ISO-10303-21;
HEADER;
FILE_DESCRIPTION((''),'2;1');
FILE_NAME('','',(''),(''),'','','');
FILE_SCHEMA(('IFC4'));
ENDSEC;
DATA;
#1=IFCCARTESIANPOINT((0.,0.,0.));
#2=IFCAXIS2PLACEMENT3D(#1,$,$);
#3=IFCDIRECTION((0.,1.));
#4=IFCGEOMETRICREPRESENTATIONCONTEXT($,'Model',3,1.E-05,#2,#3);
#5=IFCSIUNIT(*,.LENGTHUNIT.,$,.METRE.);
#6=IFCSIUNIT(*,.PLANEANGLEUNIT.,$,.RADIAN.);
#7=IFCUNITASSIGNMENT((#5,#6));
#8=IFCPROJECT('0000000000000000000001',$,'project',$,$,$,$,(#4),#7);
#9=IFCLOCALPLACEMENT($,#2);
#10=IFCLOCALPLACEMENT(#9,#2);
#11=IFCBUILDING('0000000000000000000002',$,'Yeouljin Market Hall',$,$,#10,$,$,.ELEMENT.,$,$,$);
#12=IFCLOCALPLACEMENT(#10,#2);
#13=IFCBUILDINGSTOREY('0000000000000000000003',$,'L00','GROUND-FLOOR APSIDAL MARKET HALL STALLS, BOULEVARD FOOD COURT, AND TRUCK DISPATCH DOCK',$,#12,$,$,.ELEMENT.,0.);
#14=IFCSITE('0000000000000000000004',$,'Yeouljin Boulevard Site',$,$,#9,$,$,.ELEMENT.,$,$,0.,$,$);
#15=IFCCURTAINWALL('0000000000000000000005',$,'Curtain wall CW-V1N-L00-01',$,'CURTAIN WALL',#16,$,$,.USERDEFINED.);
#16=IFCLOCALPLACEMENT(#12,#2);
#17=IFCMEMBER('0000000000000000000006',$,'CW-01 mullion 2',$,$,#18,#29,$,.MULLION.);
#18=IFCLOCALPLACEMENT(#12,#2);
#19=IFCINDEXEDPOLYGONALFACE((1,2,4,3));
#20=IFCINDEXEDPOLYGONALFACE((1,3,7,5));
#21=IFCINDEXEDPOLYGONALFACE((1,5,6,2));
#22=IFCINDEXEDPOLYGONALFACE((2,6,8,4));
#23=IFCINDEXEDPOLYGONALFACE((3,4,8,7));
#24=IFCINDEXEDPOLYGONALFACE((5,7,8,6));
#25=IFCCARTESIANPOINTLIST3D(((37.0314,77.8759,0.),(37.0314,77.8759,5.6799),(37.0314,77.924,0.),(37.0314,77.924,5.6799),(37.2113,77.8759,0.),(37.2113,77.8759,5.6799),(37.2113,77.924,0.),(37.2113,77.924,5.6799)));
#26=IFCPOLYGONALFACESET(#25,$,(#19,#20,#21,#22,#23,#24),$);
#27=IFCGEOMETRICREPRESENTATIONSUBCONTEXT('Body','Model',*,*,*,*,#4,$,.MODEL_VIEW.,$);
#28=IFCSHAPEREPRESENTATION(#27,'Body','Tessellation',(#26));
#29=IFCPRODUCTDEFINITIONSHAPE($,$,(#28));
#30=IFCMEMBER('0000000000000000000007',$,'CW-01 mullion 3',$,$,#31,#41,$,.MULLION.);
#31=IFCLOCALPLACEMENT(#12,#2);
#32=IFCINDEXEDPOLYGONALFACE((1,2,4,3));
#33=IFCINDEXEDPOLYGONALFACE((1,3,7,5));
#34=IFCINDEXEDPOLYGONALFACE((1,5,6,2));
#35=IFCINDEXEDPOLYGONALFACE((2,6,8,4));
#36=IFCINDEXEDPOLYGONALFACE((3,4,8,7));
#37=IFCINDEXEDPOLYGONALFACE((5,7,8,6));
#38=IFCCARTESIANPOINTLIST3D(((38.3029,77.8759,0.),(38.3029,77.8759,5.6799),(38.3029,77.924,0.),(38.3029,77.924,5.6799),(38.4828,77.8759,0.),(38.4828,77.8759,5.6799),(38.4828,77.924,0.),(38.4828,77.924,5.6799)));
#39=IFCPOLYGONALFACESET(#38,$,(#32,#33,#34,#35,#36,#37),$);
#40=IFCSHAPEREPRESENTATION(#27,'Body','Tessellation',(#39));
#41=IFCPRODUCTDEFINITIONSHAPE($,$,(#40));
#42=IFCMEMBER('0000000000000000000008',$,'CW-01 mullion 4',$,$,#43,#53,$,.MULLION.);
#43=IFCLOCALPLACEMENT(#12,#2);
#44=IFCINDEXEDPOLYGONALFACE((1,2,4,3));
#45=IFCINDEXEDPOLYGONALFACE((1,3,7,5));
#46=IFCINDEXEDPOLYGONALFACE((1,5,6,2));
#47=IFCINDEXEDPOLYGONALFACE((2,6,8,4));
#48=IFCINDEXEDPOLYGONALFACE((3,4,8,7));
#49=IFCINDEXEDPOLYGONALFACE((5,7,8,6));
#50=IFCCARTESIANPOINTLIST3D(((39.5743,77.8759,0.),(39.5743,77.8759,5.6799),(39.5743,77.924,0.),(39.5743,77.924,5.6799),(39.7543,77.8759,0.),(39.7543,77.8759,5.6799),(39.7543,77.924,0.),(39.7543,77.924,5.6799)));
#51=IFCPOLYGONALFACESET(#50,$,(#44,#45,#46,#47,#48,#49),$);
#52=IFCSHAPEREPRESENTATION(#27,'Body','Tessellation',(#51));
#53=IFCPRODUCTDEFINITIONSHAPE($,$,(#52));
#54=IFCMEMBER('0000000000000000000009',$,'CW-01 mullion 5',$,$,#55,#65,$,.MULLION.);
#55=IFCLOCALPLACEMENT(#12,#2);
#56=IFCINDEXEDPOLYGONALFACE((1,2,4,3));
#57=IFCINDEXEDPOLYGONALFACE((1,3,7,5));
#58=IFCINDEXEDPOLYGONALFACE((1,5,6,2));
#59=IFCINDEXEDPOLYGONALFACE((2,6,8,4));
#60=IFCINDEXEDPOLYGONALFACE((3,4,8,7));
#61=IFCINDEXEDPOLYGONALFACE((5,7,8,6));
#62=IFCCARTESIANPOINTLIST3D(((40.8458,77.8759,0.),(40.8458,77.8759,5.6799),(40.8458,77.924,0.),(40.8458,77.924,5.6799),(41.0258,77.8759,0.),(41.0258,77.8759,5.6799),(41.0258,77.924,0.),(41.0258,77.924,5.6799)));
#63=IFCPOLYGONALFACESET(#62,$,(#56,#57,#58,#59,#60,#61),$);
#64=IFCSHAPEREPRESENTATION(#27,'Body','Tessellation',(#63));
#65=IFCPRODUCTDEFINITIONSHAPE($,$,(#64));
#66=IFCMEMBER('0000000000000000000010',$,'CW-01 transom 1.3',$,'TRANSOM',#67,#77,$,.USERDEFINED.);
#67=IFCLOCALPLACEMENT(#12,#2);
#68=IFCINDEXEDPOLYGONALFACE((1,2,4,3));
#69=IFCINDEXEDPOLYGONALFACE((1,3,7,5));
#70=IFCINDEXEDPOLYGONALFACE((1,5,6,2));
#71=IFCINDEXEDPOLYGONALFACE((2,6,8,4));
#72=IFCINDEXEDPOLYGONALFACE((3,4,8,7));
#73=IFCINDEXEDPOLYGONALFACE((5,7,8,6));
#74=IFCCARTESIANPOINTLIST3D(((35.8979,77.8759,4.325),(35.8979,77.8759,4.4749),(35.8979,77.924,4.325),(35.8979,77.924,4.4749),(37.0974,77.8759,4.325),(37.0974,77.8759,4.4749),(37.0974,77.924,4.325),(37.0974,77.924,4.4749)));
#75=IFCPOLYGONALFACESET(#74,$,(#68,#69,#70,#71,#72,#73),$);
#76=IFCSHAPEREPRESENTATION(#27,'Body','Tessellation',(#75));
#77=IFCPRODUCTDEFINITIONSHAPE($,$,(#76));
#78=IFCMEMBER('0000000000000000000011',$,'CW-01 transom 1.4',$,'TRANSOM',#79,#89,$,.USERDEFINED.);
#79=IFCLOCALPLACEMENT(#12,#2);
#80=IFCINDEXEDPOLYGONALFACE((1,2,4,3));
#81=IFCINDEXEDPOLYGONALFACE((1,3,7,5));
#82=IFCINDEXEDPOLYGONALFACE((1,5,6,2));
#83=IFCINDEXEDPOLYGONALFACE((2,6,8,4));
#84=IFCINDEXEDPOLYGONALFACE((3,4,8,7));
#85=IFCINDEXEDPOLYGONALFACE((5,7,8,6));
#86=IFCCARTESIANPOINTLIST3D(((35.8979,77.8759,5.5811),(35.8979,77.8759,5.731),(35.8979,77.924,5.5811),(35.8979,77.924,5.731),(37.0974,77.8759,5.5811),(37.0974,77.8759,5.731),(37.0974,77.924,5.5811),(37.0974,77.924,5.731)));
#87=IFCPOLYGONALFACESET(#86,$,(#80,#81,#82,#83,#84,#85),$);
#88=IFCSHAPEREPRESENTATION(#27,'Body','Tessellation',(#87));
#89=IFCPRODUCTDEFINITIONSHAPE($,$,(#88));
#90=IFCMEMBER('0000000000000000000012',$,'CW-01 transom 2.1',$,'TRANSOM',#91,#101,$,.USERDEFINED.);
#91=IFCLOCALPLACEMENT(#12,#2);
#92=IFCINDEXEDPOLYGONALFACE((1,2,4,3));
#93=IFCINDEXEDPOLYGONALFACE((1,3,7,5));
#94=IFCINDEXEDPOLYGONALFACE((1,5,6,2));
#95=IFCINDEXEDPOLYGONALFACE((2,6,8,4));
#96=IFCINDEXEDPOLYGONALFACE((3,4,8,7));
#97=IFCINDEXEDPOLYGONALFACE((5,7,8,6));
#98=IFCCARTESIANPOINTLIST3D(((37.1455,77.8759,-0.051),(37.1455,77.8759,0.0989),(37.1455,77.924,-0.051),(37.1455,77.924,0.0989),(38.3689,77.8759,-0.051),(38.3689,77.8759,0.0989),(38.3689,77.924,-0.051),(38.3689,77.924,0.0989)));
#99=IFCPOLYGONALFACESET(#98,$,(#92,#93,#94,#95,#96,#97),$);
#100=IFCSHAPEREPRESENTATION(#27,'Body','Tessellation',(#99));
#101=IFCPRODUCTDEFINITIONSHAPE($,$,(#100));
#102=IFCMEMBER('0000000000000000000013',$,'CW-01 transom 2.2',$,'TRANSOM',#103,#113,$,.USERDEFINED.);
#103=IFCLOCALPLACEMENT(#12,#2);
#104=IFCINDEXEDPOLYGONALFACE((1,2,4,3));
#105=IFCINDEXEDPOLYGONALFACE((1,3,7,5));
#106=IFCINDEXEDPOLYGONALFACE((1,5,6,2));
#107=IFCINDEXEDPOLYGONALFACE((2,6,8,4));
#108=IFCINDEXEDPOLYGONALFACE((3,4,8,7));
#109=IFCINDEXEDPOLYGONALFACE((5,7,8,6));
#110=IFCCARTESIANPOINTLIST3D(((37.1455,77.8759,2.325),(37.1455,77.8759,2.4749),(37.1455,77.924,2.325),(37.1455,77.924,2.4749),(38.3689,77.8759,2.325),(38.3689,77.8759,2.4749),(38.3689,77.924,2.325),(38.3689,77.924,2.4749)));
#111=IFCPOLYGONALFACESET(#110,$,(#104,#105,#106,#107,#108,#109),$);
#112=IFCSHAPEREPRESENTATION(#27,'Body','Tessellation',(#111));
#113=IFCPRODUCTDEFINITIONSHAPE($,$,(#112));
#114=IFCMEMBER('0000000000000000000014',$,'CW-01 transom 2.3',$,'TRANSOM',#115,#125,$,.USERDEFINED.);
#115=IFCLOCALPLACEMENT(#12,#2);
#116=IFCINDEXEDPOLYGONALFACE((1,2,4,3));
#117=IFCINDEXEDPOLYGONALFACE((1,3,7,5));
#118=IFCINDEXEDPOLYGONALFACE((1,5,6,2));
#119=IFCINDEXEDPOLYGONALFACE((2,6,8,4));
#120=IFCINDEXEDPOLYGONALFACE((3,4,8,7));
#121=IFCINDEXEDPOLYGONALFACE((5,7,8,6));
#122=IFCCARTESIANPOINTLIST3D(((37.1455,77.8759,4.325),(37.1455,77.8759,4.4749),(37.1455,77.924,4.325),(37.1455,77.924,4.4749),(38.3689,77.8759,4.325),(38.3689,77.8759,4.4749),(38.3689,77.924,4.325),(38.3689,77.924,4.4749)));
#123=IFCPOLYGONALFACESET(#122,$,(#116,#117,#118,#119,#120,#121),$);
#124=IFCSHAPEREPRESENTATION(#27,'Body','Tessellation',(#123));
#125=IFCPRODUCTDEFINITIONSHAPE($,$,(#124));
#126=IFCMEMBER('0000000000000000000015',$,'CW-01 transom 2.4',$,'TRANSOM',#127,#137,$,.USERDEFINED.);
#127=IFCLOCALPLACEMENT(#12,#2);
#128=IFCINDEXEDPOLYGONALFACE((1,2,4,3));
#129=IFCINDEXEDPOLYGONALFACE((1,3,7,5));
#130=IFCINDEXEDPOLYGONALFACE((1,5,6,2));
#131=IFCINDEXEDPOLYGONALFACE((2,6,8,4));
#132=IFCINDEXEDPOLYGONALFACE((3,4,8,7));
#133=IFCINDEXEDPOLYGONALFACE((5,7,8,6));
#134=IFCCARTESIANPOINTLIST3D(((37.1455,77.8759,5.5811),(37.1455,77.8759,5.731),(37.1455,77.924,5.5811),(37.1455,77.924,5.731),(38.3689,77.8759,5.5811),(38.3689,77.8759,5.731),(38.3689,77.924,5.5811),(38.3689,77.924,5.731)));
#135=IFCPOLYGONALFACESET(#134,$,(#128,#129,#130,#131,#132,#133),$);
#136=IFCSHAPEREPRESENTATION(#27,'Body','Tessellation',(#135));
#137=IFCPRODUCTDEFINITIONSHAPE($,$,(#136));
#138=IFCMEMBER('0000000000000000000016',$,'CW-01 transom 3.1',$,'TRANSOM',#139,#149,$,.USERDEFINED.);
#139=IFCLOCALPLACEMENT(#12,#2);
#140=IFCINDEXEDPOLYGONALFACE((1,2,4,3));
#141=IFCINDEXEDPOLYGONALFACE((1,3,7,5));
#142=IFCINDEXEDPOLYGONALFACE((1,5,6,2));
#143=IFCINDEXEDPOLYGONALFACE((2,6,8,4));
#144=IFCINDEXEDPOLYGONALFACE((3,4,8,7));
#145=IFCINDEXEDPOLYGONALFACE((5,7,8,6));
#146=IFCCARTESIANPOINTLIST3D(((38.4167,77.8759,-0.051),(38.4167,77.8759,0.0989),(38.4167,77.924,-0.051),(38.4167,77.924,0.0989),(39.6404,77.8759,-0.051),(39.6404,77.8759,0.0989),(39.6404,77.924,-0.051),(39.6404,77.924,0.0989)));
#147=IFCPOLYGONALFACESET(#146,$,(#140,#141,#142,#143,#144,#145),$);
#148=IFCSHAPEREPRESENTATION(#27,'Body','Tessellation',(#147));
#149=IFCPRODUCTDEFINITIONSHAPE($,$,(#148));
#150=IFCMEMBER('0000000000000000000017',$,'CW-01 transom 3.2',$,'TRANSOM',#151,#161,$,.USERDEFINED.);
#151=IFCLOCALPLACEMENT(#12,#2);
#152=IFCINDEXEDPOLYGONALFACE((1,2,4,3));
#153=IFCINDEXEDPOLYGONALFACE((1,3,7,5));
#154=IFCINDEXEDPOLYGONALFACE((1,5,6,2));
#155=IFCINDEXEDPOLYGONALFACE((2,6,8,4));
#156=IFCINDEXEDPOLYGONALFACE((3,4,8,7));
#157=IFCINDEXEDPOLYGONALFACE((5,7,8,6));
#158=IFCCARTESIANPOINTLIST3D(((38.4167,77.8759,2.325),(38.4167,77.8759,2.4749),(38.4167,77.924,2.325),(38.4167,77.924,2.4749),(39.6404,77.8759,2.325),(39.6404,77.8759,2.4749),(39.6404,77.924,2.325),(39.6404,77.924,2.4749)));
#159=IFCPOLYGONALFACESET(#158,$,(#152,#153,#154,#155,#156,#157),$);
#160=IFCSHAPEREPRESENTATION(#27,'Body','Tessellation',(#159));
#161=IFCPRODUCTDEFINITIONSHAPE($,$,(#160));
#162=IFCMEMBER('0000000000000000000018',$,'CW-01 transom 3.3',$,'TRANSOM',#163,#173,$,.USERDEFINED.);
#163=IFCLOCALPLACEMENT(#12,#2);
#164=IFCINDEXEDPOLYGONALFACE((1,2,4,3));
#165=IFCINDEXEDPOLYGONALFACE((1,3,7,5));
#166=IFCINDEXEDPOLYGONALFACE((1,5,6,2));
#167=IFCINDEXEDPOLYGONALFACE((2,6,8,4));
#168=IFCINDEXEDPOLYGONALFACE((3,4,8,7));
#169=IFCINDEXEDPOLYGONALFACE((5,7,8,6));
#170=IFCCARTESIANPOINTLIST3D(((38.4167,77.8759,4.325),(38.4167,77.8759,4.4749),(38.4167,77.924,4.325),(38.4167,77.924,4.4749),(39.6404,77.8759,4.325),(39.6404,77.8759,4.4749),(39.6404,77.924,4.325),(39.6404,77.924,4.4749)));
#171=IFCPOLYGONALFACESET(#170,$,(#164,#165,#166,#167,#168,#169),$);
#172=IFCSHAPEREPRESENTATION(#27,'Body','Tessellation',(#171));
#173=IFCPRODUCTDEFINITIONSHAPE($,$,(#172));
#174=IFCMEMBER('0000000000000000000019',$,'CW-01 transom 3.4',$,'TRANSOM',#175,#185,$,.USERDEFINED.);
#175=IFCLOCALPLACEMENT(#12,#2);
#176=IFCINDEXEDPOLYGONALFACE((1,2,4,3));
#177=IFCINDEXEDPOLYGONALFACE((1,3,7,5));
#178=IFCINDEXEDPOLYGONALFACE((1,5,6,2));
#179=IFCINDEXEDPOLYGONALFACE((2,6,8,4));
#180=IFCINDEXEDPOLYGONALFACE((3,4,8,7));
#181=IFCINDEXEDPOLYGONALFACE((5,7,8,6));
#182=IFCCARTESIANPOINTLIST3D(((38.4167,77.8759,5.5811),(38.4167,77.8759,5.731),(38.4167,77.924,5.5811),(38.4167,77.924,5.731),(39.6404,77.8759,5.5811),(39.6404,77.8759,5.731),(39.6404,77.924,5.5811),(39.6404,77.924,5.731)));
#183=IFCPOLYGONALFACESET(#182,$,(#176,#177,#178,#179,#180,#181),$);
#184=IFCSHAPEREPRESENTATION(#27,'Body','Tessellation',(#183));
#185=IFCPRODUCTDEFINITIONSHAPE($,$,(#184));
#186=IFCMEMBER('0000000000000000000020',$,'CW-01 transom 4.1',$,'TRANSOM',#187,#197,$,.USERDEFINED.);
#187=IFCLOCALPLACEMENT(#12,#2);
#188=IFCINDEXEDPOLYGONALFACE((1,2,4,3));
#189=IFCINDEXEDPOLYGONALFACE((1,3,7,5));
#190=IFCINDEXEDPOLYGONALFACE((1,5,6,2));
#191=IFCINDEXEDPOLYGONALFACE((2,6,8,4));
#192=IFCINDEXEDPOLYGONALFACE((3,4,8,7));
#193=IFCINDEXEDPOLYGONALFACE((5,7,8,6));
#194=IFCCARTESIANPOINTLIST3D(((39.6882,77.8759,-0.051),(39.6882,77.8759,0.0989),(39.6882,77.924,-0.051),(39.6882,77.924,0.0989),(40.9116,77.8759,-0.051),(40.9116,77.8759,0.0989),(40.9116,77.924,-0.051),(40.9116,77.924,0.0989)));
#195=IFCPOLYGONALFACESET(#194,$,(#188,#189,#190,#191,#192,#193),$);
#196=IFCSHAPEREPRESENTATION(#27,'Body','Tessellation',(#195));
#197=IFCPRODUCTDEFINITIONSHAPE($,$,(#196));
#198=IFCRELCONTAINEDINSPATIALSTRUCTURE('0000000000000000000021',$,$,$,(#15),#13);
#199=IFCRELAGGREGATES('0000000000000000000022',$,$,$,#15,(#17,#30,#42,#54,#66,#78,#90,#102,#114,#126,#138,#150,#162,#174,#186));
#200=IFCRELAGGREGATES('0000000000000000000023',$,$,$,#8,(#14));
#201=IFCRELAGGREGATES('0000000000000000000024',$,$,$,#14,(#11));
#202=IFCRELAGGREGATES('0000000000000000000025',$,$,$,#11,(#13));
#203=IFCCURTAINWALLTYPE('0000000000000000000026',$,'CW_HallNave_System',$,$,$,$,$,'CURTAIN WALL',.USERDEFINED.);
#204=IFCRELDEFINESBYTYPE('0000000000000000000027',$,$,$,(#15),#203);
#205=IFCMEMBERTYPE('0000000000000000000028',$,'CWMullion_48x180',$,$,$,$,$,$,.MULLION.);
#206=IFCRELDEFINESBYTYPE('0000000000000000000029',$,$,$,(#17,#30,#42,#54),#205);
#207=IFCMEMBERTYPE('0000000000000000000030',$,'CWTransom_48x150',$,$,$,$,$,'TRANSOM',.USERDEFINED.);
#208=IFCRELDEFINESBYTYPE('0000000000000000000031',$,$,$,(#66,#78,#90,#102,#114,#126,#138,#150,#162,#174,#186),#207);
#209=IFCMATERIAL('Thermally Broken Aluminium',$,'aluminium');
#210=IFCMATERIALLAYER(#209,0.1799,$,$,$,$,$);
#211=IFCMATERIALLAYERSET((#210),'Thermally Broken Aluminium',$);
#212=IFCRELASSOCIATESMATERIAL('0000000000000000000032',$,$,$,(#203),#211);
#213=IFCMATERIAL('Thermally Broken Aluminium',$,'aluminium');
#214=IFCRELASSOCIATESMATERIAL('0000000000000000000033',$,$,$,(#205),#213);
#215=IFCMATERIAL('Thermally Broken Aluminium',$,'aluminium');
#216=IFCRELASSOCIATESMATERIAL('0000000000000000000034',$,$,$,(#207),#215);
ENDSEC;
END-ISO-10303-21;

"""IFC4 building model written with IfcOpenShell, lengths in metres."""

from ifc_helpers import new_model, si_unit, direction, frame, origin, origin_2d, place, context, subcontext, project, spatial, rectangle, extrude, material, layer, layer_set, material_profile, profile_set, type_object, element, aggregate, save


model = new_model("IFC4")

# Units and contexts
model_context = context("Model", 3, precision=1e-05, world=origin(), true_north=direction((0.0, 1.0)))
body_context = subcontext(model_context, "Body", "Model", "MODEL_VIEW")
ifc_project = project(units=[si_unit("LENGTHUNIT", "METRE"), si_unit("PLANEANGLEUNIT", "RADIAN")], contexts=[model_context])

# Site, building, storey
site_placement = place(None, origin())
site = spatial("IfcSite", under=ifc_project, at=site_placement, Name="Yeouljin Boulevard Site", CompositionType="ELEMENT", RefElevation=0.0)
building_placement = place(site_placement, origin())
building = spatial("IfcBuilding", under=site, at=building_placement, Name="Yeouljin Market Hall", CompositionType="ELEMENT")
storey_placement = place(building_placement, origin())
storey = spatial("IfcBuildingStorey", under=building, at=storey_placement, Name="L00", Description="GROUND-FLOOR APSIDAL MARKET HALL STALLS, BOULEVARD FOOD COURT, AND TRUCK DISPATCH DOCK", CompositionType="ELEMENT", Elevation=0.0)

# Curtain wall, members
ifc_material_1 = material(Name="Thermally Broken Aluminium", Category="aluminium")
ifc_layer_1 = layer(ifc_material_1, 0.1799)
ifc_layer_set_1 = layer_set([ifc_layer_1], Name="Thermally Broken Aluminium")
curtain_wall_type = type_object("IfcCurtainWallType", Name="CW_HallNave_System", ElementType="CURTAIN WALL", PredefinedType="USERDEFINED", material=ifc_layer_set_1)
curtain_wall_placement = place(storey_placement, origin())
curtain_wall = element("IfcCurtainWall", 1, at=curtain_wall_placement, inside=storey, type_object=curtain_wall_type, Name="Curtain wall CW-V1N-L00-01", ObjectType="CURTAIN WALL", PredefinedType="USERDEFINED")
ifc_material_2 = material(Name="Thermally Broken Aluminium", Category="aluminium")
ifc_material_profile_1 = material_profile(ifc_material_2, rectangle(XDim=0.0481, YDim=0.1799, at=origin_2d()), Name="CW-MULL-48x180")
ifc_profile_set_1 = profile_set([ifc_material_profile_1], Name="Thermally Broken Aluminium")
member_type_1 = type_object("IfcMemberType", Name="CWMullion_48x180", PredefinedType="MULLION", material=ifc_profile_set_1)
member_1_placement = place(storey_placement, frame((37.1213, 77.8999, 0.0), z_axis=(0.0, 0.0, 1.0), x_axis=(0.0, 1.0, 0.0)))
member_1 = element("IfcMember", 2, at=member_1_placement, type_object=member_type_1, Name="CW-01 mullion 2", PredefinedType="MULLION", context=body_context, shape_type="SweptSolid", body=[
    extrude(rectangle(XDim=0.0481, YDim=0.1799, at=origin_2d()), origin(), (0.0, 0.0, 1.0), 5.6799),
])
member_2_placement = place(storey_placement, frame((38.3928, 77.8999, 0.0), z_axis=(0.0, 0.0, 1.0), x_axis=(0.0, 1.0, 0.0)))
member_2 = element("IfcMember", 3, at=member_2_placement, type_object=member_type_1, Name="CW-01 mullion 3", PredefinedType="MULLION", context=body_context, shape_type="SweptSolid", body=[
    extrude(rectangle(XDim=0.0481, YDim=0.1799, at=origin_2d()), origin(), (0.0, 0.0, 1.0), 5.6799),
])
member_3_placement = place(storey_placement, frame((39.6643, 77.8999, 0.0), z_axis=(0.0, 0.0, 1.0), x_axis=(0.0, 1.0, 0.0)))
member_3 = element("IfcMember", 4, at=member_3_placement, type_object=member_type_1, Name="CW-01 mullion 4", PredefinedType="MULLION", context=body_context, shape_type="SweptSolid", body=[
    extrude(rectangle(XDim=0.0481, YDim=0.1799, at=origin_2d()), origin(), (0.0, 0.0, 1.0), 5.6799),
])
member_4_placement = place(storey_placement, frame((40.9358, 77.8999, 0.0), z_axis=(0.0, 0.0, 1.0), x_axis=(0.0, 1.0, 0.0)))
member_4 = element("IfcMember", 5, at=member_4_placement, type_object=member_type_1, Name="CW-01 mullion 5", PredefinedType="MULLION", context=body_context, shape_type="SweptSolid", body=[
    extrude(rectangle(XDim=0.0481, YDim=0.1799, at=origin_2d()), origin(), (0.0, 0.0, 1.0), 5.6799),
])
ifc_material_3 = material(Name="Thermally Broken Aluminium", Category="aluminium")
ifc_material_profile_2 = material_profile(ifc_material_3, rectangle(XDim=0.0481, YDim=0.1499, at=origin_2d()), Name="CW-TRAN-48x150")
ifc_profile_set_2 = profile_set([ifc_material_profile_2], Name="Thermally Broken Aluminium")
member_type_2 = type_object("IfcMemberType", Name="CWTransom_48x150", ElementType="TRANSOM", PredefinedType="USERDEFINED", material=ifc_profile_set_2)
member_5_placement = place(storey_placement, frame((35.8979, 77.8999, 4.3999), z_axis=(1.0, 0.0, 0.0), x_axis=(0.0, 1.0, 0.0)))
member_5 = element("IfcMember", 6, at=member_5_placement, type_object=member_type_2, Name="CW-01 transom 1.3", ObjectType="TRANSOM", PredefinedType="USERDEFINED", context=body_context, shape_type="SweptSolid", body=[
    extrude(rectangle(XDim=0.0481, YDim=0.1499, at=origin_2d()), origin(), (0.0, 0.0, 1.0), 1.1995),
])
member_6_placement = place(storey_placement, frame((35.8979, 77.8999, 5.656), z_axis=(1.0, 0.0, 0.0), x_axis=(0.0, 1.0, 0.0)))
member_6 = element("IfcMember", 7, at=member_6_placement, type_object=member_type_2, Name="CW-01 transom 1.4", ObjectType="TRANSOM", PredefinedType="USERDEFINED", context=body_context, shape_type="SweptSolid", body=[
    extrude(rectangle(XDim=0.0481, YDim=0.1499, at=origin_2d()), origin(), (0.0, 0.0, 1.0), 1.1995),
])
member_7_placement = place(storey_placement, frame((37.1455, 77.8999, 0.0239), z_axis=(1.0, 0.0, 0.0), x_axis=(0.0, 1.0, 0.0)))
member_7 = element("IfcMember", 8, at=member_7_placement, type_object=member_type_2, Name="CW-01 transom 2.1", ObjectType="TRANSOM", PredefinedType="USERDEFINED", context=body_context, shape_type="SweptSolid", body=[
    extrude(rectangle(XDim=0.0481, YDim=0.1499, at=origin_2d()), origin(), (0.0, 0.0, 1.0), 1.2234),
])
member_8_placement = place(storey_placement, frame((37.1455, 77.8999, 2.3999), z_axis=(1.0, 0.0, 0.0), x_axis=(0.0, 1.0, 0.0)))
member_8 = element("IfcMember", 9, at=member_8_placement, type_object=member_type_2, Name="CW-01 transom 2.2", ObjectType="TRANSOM", PredefinedType="USERDEFINED", context=body_context, shape_type="SweptSolid", body=[
    extrude(rectangle(XDim=0.0481, YDim=0.1499, at=origin_2d()), origin(), (0.0, 0.0, 1.0), 1.2234),
])
member_9_placement = place(storey_placement, frame((37.1455, 77.8999, 4.3999), z_axis=(1.0, 0.0, 0.0), x_axis=(0.0, 1.0, 0.0)))
member_9 = element("IfcMember", 10, at=member_9_placement, type_object=member_type_2, Name="CW-01 transom 2.3", ObjectType="TRANSOM", PredefinedType="USERDEFINED", context=body_context, shape_type="SweptSolid", body=[
    extrude(rectangle(XDim=0.0481, YDim=0.1499, at=origin_2d()), origin(), (0.0, 0.0, 1.0), 1.2234),
])
member_10_placement = place(storey_placement, frame((37.1455, 77.8999, 5.656), z_axis=(1.0, 0.0, 0.0), x_axis=(0.0, 1.0, 0.0)))
member_10 = element("IfcMember", 11, at=member_10_placement, type_object=member_type_2, Name="CW-01 transom 2.4", ObjectType="TRANSOM", PredefinedType="USERDEFINED", context=body_context, shape_type="SweptSolid", body=[
    extrude(rectangle(XDim=0.0481, YDim=0.1499, at=origin_2d()), origin(), (0.0, 0.0, 1.0), 1.2234),
])
member_11_placement = place(storey_placement, frame((38.4167, 77.8999, 0.0239), z_axis=(1.0, 0.0, 0.0), x_axis=(0.0, 1.0, 0.0)))
member_11 = element("IfcMember", 12, at=member_11_placement, type_object=member_type_2, Name="CW-01 transom 3.1", ObjectType="TRANSOM", PredefinedType="USERDEFINED", context=body_context, shape_type="SweptSolid", body=[
    extrude(rectangle(XDim=0.0481, YDim=0.1499, at=origin_2d()), origin(), (0.0, 0.0, 1.0), 1.2236),
])
member_12_placement = place(storey_placement, frame((38.4167, 77.8999, 2.3999), z_axis=(1.0, 0.0, 0.0), x_axis=(0.0, 1.0, 0.0)))
member_12 = element("IfcMember", 13, at=member_12_placement, type_object=member_type_2, Name="CW-01 transom 3.2", ObjectType="TRANSOM", PredefinedType="USERDEFINED", context=body_context, shape_type="SweptSolid", body=[
    extrude(rectangle(XDim=0.0481, YDim=0.1499, at=origin_2d()), origin(), (0.0, 0.0, 1.0), 1.2236),
])
member_13_placement = place(storey_placement, frame((38.4167, 77.8999, 4.3999), z_axis=(1.0, 0.0, 0.0), x_axis=(0.0, 1.0, 0.0)))
member_13 = element("IfcMember", 14, at=member_13_placement, type_object=member_type_2, Name="CW-01 transom 3.3", ObjectType="TRANSOM", PredefinedType="USERDEFINED", context=body_context, shape_type="SweptSolid", body=[
    extrude(rectangle(XDim=0.0481, YDim=0.1499, at=origin_2d()), origin(), (0.0, 0.0, 1.0), 1.2236),
])
member_14_placement = place(storey_placement, frame((38.4167, 77.8999, 5.656), z_axis=(1.0, 0.0, 0.0), x_axis=(0.0, 1.0, 0.0)))
member_14 = element("IfcMember", 15, at=member_14_placement, type_object=member_type_2, Name="CW-01 transom 3.4", ObjectType="TRANSOM", PredefinedType="USERDEFINED", context=body_context, shape_type="SweptSolid", body=[
    extrude(rectangle(XDim=0.0481, YDim=0.1499, at=origin_2d()), origin(), (0.0, 0.0, 1.0), 1.2236),
])
member_15_placement = place(storey_placement, frame((39.6882, 77.8999, 0.0239), z_axis=(1.0, 0.0, 0.0), x_axis=(0.0, 1.0, 0.0)))
member_15 = element("IfcMember", 16, at=member_15_placement, type_object=member_type_2, Name="CW-01 transom 4.1", ObjectType="TRANSOM", PredefinedType="USERDEFINED", context=body_context, shape_type="SweptSolid", body=[
    extrude(rectangle(XDim=0.0481, YDim=0.1499, at=origin_2d()), origin(), (0.0, 0.0, 1.0), 1.2234),
])
aggregate(curtain_wall, [member_1, member_2, member_3, member_4, member_5, member_6, member_7, member_8, member_9, member_10, member_11, member_12, member_13, member_14, member_15])

save(model, "model.ifc")
